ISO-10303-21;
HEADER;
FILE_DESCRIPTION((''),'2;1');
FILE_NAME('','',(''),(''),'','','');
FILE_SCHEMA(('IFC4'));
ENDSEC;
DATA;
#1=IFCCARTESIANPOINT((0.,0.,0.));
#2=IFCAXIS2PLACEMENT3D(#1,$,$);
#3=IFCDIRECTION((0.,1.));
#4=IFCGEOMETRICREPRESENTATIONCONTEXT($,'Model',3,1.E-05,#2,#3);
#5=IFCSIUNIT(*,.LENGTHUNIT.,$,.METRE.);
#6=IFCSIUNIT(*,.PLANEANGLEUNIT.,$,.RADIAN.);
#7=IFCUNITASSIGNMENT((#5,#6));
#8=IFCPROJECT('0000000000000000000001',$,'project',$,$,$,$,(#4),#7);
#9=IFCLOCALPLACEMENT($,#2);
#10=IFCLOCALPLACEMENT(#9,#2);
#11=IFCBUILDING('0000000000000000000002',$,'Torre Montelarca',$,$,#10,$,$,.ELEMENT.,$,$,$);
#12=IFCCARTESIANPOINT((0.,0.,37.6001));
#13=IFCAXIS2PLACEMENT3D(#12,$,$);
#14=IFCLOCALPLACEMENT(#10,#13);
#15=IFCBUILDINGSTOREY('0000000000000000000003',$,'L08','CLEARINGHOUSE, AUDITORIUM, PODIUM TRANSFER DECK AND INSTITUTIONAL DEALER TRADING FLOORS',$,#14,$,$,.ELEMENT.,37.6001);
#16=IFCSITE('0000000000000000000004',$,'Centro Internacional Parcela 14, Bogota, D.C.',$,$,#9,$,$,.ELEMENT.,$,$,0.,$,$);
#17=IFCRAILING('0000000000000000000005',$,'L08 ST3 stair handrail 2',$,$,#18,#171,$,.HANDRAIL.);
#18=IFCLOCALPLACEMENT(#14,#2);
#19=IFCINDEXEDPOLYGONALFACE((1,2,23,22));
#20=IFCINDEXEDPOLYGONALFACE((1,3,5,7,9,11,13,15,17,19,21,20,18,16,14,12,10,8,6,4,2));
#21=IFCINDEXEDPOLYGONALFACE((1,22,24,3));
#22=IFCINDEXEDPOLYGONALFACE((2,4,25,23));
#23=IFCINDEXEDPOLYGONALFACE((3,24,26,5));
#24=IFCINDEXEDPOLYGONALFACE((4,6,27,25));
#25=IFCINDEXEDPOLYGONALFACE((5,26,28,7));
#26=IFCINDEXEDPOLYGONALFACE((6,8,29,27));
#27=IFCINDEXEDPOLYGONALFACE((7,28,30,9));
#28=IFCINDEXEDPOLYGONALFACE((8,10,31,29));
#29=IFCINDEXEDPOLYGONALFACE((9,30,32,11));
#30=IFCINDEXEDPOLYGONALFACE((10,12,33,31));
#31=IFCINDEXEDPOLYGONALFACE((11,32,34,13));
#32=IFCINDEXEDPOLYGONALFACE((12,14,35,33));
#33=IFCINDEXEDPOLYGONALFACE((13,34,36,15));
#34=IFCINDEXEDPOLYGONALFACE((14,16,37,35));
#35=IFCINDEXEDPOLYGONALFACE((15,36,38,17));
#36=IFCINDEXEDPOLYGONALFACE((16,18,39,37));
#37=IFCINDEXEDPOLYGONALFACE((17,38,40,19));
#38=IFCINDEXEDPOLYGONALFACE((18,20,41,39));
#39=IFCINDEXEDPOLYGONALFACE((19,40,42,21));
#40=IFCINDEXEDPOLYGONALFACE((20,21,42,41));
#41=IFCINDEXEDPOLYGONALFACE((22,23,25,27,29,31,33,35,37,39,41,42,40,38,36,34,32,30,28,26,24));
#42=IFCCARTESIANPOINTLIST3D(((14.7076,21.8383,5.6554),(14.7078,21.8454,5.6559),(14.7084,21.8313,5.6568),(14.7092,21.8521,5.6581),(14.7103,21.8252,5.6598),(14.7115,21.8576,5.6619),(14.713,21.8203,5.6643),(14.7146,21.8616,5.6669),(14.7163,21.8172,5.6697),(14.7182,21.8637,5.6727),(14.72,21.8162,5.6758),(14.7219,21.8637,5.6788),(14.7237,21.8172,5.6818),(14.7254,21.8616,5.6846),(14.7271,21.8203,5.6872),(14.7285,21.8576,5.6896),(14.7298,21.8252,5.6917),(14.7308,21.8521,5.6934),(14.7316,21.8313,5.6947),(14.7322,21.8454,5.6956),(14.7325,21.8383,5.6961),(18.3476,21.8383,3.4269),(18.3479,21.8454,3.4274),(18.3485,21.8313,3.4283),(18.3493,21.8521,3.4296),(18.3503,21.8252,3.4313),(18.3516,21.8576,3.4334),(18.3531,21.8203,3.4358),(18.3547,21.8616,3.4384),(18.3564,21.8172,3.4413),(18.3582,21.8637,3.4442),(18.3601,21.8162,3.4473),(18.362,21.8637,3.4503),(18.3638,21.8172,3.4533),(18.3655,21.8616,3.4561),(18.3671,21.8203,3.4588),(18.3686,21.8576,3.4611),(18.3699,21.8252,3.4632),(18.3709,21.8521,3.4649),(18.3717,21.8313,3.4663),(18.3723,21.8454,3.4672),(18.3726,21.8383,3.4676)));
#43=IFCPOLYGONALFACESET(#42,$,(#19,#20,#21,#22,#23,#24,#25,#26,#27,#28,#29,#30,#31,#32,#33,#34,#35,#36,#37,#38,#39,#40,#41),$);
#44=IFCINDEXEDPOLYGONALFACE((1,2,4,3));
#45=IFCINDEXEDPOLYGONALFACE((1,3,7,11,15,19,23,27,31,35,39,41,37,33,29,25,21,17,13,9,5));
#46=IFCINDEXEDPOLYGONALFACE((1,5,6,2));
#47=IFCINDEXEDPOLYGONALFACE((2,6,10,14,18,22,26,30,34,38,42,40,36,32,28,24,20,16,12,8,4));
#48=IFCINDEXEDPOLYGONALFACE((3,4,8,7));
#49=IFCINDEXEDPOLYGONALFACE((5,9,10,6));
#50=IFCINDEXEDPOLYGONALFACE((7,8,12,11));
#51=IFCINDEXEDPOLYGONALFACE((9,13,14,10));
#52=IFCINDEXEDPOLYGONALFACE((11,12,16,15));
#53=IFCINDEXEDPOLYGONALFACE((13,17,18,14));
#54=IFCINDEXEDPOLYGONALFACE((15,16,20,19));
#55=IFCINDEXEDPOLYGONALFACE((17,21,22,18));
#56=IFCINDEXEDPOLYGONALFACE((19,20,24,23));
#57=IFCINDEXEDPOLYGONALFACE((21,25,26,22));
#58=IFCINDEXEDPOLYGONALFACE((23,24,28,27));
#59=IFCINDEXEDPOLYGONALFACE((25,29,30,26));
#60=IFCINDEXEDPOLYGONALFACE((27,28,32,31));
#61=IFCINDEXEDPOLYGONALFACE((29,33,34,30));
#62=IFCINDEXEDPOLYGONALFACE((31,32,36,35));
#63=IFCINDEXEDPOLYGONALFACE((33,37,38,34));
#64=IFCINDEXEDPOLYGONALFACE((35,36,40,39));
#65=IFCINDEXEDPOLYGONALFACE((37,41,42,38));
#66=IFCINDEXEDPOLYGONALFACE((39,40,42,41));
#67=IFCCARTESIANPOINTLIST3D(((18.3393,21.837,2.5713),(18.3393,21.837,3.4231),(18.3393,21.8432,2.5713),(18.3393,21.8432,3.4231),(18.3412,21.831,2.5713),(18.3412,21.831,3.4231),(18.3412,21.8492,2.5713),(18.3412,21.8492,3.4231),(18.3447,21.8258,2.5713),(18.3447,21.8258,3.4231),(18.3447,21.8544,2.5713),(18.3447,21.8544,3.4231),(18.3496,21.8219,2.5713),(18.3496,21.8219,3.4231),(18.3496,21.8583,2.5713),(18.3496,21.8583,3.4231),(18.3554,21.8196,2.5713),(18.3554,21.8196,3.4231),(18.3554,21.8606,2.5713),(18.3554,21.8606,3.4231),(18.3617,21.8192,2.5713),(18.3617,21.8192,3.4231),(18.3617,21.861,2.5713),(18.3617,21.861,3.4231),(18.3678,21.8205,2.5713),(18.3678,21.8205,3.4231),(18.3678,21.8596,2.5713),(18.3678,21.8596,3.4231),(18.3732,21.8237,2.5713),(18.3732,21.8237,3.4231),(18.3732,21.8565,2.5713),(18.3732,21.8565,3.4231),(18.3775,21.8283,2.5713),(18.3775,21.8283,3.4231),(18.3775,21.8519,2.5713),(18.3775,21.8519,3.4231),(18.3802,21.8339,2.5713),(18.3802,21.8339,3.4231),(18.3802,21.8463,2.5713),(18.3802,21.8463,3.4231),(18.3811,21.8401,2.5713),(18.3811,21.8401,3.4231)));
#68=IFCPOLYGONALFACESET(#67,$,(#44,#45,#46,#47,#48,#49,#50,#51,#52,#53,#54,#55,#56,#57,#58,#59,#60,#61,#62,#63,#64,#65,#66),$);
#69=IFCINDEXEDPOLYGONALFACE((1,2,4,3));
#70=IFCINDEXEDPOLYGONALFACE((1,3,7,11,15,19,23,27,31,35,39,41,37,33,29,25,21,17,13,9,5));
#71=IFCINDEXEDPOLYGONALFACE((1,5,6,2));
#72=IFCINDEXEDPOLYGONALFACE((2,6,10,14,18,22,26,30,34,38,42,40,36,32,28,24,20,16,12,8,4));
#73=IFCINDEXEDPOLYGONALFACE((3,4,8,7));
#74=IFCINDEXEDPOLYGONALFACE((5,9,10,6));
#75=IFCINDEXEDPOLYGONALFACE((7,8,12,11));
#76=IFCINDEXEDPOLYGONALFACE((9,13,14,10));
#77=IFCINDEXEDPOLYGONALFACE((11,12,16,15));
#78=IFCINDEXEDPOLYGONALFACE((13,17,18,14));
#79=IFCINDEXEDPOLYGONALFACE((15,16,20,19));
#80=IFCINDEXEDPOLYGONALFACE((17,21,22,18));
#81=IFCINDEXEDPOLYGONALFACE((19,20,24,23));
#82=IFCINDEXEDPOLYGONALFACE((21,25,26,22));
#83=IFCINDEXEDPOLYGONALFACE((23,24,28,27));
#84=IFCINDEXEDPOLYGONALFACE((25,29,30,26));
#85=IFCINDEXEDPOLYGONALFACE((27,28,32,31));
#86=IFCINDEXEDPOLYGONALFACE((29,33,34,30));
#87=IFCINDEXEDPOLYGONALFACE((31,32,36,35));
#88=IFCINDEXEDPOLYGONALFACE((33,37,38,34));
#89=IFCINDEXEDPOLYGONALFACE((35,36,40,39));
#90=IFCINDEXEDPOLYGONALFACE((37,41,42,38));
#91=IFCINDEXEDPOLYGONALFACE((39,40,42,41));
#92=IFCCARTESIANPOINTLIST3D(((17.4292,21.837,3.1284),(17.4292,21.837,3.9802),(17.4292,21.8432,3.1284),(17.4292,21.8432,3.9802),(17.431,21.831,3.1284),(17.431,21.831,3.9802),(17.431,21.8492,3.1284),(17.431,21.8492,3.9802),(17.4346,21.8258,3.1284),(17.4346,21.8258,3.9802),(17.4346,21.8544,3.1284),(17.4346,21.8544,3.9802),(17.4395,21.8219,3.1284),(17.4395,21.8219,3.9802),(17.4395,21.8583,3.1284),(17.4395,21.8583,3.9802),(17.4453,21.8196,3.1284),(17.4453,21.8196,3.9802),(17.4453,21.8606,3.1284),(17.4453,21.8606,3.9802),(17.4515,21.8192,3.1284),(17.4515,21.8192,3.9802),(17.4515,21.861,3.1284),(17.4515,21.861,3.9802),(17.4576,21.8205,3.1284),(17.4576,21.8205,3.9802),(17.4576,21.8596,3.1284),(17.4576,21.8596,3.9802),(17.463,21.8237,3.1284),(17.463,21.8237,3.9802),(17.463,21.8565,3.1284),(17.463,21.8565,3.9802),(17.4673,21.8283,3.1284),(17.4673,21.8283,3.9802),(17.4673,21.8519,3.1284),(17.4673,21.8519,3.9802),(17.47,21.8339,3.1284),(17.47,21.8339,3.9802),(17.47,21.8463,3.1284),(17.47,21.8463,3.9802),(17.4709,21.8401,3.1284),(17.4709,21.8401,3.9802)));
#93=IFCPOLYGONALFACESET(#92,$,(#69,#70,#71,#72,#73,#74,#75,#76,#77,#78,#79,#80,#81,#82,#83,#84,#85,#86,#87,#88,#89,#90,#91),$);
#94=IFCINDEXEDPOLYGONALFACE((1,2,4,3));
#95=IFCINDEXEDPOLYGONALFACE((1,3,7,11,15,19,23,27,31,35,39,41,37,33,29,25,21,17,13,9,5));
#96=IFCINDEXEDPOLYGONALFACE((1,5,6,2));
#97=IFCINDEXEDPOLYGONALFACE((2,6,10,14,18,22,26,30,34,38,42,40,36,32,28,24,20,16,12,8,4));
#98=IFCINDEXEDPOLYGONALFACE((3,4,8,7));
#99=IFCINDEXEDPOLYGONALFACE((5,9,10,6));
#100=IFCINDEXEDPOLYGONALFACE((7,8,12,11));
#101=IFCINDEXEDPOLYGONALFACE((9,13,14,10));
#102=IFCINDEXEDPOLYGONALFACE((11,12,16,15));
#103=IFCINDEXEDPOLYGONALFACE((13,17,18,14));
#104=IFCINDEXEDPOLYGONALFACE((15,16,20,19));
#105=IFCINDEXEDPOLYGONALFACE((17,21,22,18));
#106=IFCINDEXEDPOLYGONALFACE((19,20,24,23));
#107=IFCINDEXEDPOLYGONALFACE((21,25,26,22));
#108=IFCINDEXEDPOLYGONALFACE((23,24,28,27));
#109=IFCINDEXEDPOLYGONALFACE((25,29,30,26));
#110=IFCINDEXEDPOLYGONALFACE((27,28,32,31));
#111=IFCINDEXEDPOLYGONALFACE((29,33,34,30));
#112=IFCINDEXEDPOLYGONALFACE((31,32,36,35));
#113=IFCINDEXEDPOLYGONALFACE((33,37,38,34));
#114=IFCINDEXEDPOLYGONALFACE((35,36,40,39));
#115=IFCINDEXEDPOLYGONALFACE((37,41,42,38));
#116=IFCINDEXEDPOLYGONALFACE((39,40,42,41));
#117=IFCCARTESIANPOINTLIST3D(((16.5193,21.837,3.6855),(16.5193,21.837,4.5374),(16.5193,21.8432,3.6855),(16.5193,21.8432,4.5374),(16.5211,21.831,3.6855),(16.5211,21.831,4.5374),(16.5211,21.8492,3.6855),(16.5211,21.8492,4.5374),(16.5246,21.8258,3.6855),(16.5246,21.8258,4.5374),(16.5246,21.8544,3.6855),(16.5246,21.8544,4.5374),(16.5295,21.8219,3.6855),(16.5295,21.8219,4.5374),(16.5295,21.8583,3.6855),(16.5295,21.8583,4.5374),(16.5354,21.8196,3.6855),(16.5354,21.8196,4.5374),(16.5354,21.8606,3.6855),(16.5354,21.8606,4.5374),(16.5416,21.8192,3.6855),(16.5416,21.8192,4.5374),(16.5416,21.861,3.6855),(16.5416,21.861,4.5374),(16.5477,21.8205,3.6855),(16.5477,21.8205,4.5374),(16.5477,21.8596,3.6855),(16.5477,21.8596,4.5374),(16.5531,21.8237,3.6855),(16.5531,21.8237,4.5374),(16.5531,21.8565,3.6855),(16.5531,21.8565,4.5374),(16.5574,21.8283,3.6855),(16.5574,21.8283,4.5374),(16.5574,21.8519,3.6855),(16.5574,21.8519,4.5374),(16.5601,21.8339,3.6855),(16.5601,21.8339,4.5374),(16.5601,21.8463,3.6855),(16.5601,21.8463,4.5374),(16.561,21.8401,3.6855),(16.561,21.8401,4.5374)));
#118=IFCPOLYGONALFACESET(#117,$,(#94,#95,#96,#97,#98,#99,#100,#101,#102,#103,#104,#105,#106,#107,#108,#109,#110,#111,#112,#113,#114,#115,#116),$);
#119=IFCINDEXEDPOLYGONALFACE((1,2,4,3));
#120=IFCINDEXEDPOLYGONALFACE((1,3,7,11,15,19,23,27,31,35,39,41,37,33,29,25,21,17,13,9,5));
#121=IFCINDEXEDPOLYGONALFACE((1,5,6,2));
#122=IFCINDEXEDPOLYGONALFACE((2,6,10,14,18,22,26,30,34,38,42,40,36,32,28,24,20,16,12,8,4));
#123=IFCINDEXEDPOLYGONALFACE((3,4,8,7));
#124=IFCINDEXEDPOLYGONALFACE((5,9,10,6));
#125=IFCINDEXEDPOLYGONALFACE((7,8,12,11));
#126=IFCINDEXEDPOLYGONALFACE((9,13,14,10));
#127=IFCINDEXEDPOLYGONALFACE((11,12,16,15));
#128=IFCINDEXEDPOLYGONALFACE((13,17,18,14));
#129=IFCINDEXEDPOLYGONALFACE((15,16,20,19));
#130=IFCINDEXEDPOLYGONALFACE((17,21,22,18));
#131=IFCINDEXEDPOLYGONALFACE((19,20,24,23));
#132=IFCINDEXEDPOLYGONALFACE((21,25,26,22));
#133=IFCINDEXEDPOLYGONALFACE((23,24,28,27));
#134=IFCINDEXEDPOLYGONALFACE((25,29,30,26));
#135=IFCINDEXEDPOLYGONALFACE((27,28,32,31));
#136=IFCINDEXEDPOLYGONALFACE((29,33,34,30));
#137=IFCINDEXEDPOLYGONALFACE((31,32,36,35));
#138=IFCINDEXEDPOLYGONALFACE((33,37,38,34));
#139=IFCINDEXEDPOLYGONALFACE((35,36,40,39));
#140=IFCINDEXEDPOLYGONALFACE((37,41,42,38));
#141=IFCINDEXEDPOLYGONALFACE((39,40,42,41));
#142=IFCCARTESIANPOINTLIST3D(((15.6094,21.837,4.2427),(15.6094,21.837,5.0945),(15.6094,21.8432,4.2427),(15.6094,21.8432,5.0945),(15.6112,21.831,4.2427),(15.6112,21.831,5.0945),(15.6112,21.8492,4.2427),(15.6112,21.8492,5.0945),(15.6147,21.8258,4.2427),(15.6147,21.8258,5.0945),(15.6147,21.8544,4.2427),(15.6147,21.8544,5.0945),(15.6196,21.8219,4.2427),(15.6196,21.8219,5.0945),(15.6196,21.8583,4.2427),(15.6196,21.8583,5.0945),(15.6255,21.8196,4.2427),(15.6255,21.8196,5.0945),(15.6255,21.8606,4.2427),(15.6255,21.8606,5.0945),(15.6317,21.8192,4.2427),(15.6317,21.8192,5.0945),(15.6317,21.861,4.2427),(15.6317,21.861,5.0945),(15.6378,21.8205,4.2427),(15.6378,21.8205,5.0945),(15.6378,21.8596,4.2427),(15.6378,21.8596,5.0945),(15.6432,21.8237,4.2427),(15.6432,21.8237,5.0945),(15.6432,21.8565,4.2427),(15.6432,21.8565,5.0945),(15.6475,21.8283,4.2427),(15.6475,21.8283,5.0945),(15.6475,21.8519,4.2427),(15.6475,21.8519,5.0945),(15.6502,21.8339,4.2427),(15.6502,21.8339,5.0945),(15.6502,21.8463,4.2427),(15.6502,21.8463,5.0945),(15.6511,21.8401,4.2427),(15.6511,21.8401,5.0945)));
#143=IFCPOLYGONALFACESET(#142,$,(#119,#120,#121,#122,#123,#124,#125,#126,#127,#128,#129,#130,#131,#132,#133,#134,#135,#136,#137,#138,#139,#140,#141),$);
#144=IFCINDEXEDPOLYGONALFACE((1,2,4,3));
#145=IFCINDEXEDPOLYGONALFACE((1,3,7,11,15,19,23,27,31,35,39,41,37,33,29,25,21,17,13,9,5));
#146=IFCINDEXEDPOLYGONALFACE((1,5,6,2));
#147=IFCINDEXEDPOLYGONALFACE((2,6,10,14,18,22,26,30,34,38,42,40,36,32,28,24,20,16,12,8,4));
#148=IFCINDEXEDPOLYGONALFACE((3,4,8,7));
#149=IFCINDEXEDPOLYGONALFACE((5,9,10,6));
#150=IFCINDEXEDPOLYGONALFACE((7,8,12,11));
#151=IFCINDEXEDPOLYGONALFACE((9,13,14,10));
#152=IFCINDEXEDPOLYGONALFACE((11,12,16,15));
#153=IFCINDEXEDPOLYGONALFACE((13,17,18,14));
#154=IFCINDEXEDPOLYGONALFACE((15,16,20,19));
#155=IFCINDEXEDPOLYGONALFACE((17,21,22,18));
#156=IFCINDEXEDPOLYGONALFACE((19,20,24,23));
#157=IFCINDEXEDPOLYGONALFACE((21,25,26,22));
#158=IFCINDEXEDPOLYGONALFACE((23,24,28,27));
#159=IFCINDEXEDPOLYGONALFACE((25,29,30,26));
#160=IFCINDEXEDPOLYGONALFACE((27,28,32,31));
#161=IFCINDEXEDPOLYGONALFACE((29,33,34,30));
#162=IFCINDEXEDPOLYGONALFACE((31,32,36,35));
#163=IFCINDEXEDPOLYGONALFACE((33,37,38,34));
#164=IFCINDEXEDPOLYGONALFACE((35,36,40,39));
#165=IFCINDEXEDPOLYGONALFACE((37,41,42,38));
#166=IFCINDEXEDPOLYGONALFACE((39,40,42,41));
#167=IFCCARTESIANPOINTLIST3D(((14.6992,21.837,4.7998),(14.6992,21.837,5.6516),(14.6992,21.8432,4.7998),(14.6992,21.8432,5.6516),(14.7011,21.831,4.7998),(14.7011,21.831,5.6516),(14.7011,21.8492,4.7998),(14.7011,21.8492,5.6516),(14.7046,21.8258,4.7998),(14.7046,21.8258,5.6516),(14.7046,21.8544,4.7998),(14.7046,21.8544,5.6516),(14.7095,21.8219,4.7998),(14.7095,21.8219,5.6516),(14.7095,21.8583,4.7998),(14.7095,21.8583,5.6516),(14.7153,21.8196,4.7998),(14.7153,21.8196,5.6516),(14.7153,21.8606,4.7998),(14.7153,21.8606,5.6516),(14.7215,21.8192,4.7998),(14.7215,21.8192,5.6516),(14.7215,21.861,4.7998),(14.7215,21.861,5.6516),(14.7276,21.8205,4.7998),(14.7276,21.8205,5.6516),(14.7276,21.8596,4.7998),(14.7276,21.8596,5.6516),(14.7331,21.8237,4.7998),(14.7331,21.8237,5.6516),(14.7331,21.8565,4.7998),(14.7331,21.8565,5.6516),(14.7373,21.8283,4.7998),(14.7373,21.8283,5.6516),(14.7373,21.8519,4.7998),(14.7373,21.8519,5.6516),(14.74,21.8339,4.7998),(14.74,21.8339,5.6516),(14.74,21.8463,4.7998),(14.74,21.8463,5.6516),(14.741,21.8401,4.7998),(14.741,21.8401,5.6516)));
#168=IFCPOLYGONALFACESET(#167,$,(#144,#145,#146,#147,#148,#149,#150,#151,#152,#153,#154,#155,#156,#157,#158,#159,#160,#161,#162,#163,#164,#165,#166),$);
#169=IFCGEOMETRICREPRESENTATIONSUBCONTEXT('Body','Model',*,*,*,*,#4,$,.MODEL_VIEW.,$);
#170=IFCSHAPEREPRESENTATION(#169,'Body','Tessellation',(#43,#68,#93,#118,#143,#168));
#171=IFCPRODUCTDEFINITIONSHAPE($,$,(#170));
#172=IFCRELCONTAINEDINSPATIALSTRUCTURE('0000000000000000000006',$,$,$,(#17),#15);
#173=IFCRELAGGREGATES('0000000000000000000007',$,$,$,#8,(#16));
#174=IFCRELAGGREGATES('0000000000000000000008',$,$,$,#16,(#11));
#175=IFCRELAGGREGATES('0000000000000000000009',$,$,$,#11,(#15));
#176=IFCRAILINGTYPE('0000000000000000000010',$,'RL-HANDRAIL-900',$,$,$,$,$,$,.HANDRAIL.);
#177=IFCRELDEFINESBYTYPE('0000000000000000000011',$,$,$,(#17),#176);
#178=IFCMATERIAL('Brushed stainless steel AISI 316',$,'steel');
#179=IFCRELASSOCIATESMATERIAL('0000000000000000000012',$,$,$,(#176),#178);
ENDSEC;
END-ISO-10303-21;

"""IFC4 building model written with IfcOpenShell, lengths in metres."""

from ifc_helpers import new_model, si_unit, direction, frame, origin, origin_2d, place, context, subcontext, project, spatial, circle, extrude, material, type_object, element, save


model = new_model("IFC4")

# Units and contexts
model_context = context("Model", 3, precision=1e-05, world=origin(), true_north=direction((0.0, 1.0)))
body_context = subcontext(model_context, "Body", "Model", "MODEL_VIEW")
ifc_project = project(units=[si_unit("LENGTHUNIT", "METRE"), si_unit("PLANEANGLEUNIT", "RADIAN")], contexts=[model_context])

# Site, building, storey
site_placement = place(None, origin())
site = spatial("IfcSite", under=ifc_project, at=site_placement, Name="Centro Internacional Parcela 14, Bogota, D.C.", CompositionType="ELEMENT", RefElevation=0.0)
building_placement = place(site_placement, origin())
building = spatial("IfcBuilding", under=site, at=building_placement, Name="Torre Montelarca", CompositionType="ELEMENT")
storey_placement = place(building_placement, frame((0.0, 0.0, 37.6001)))
storey = spatial("IfcBuildingStorey", under=building, at=storey_placement, Name="L08", Description="CLEARINGHOUSE, AUDITORIUM, PODIUM TRANSFER DECK AND INSTITUTIONAL DEALER TRADING FLOORS", CompositionType="ELEMENT", Elevation=37.6001)

# Railing
ifc_material_1 = material(Name="Brushed stainless steel AISI 316", Category="steel")
railing_type_1 = type_object("IfcRailingType", Name="RL-HANDRAIL-900", PredefinedType="HANDRAIL", material=ifc_material_1)
railing_1_placement = place(storey_placement, frame((18.3601, 21.8401, 2.5713)))
element("IfcRailing", 1, at=railing_1_placement, inside=storey, type_object=railing_type_1, Name="L08 ST3 stair handrail 2", PredefinedType="HANDRAIL", context=body_context, shape_type="SweptSolid", body=[
    extrude(circle(Radius=0.0239, at=origin_2d()), frame((0.0, 0.0, 0.876), z_axis=(-0.852866, 0.0, 0.52213), x_axis=(0.0, -1.0, 0.0)), (0.0, 0.0, 1.0), 4.2681),
    extrude(circle(Radius=0.021, at=origin_2d()), origin(), (0.0, 0.0, 1.0), 0.8518),
    extrude(circle(Radius=0.021, at=origin_2d()), frame((-0.9102, 0.0, 0.5571)), (0.0, 0.0, 1.0), 0.8518),
    extrude(circle(Radius=0.021, at=origin_2d()), frame((-1.8201, 0.0, 1.1143)), (0.0, 0.0, 1.0), 0.8518),
    extrude(circle(Radius=0.021, at=origin_2d()), frame((-2.73, 0.0, 1.6714)), (0.0, 0.0, 1.0), 0.8518),
    extrude(circle(Radius=0.021, at=origin_2d()), frame((-3.6401, 0.0, 2.2285)), (0.0, 0.0, 1.0), 0.8518),
])

save(model, "model.ifc")
